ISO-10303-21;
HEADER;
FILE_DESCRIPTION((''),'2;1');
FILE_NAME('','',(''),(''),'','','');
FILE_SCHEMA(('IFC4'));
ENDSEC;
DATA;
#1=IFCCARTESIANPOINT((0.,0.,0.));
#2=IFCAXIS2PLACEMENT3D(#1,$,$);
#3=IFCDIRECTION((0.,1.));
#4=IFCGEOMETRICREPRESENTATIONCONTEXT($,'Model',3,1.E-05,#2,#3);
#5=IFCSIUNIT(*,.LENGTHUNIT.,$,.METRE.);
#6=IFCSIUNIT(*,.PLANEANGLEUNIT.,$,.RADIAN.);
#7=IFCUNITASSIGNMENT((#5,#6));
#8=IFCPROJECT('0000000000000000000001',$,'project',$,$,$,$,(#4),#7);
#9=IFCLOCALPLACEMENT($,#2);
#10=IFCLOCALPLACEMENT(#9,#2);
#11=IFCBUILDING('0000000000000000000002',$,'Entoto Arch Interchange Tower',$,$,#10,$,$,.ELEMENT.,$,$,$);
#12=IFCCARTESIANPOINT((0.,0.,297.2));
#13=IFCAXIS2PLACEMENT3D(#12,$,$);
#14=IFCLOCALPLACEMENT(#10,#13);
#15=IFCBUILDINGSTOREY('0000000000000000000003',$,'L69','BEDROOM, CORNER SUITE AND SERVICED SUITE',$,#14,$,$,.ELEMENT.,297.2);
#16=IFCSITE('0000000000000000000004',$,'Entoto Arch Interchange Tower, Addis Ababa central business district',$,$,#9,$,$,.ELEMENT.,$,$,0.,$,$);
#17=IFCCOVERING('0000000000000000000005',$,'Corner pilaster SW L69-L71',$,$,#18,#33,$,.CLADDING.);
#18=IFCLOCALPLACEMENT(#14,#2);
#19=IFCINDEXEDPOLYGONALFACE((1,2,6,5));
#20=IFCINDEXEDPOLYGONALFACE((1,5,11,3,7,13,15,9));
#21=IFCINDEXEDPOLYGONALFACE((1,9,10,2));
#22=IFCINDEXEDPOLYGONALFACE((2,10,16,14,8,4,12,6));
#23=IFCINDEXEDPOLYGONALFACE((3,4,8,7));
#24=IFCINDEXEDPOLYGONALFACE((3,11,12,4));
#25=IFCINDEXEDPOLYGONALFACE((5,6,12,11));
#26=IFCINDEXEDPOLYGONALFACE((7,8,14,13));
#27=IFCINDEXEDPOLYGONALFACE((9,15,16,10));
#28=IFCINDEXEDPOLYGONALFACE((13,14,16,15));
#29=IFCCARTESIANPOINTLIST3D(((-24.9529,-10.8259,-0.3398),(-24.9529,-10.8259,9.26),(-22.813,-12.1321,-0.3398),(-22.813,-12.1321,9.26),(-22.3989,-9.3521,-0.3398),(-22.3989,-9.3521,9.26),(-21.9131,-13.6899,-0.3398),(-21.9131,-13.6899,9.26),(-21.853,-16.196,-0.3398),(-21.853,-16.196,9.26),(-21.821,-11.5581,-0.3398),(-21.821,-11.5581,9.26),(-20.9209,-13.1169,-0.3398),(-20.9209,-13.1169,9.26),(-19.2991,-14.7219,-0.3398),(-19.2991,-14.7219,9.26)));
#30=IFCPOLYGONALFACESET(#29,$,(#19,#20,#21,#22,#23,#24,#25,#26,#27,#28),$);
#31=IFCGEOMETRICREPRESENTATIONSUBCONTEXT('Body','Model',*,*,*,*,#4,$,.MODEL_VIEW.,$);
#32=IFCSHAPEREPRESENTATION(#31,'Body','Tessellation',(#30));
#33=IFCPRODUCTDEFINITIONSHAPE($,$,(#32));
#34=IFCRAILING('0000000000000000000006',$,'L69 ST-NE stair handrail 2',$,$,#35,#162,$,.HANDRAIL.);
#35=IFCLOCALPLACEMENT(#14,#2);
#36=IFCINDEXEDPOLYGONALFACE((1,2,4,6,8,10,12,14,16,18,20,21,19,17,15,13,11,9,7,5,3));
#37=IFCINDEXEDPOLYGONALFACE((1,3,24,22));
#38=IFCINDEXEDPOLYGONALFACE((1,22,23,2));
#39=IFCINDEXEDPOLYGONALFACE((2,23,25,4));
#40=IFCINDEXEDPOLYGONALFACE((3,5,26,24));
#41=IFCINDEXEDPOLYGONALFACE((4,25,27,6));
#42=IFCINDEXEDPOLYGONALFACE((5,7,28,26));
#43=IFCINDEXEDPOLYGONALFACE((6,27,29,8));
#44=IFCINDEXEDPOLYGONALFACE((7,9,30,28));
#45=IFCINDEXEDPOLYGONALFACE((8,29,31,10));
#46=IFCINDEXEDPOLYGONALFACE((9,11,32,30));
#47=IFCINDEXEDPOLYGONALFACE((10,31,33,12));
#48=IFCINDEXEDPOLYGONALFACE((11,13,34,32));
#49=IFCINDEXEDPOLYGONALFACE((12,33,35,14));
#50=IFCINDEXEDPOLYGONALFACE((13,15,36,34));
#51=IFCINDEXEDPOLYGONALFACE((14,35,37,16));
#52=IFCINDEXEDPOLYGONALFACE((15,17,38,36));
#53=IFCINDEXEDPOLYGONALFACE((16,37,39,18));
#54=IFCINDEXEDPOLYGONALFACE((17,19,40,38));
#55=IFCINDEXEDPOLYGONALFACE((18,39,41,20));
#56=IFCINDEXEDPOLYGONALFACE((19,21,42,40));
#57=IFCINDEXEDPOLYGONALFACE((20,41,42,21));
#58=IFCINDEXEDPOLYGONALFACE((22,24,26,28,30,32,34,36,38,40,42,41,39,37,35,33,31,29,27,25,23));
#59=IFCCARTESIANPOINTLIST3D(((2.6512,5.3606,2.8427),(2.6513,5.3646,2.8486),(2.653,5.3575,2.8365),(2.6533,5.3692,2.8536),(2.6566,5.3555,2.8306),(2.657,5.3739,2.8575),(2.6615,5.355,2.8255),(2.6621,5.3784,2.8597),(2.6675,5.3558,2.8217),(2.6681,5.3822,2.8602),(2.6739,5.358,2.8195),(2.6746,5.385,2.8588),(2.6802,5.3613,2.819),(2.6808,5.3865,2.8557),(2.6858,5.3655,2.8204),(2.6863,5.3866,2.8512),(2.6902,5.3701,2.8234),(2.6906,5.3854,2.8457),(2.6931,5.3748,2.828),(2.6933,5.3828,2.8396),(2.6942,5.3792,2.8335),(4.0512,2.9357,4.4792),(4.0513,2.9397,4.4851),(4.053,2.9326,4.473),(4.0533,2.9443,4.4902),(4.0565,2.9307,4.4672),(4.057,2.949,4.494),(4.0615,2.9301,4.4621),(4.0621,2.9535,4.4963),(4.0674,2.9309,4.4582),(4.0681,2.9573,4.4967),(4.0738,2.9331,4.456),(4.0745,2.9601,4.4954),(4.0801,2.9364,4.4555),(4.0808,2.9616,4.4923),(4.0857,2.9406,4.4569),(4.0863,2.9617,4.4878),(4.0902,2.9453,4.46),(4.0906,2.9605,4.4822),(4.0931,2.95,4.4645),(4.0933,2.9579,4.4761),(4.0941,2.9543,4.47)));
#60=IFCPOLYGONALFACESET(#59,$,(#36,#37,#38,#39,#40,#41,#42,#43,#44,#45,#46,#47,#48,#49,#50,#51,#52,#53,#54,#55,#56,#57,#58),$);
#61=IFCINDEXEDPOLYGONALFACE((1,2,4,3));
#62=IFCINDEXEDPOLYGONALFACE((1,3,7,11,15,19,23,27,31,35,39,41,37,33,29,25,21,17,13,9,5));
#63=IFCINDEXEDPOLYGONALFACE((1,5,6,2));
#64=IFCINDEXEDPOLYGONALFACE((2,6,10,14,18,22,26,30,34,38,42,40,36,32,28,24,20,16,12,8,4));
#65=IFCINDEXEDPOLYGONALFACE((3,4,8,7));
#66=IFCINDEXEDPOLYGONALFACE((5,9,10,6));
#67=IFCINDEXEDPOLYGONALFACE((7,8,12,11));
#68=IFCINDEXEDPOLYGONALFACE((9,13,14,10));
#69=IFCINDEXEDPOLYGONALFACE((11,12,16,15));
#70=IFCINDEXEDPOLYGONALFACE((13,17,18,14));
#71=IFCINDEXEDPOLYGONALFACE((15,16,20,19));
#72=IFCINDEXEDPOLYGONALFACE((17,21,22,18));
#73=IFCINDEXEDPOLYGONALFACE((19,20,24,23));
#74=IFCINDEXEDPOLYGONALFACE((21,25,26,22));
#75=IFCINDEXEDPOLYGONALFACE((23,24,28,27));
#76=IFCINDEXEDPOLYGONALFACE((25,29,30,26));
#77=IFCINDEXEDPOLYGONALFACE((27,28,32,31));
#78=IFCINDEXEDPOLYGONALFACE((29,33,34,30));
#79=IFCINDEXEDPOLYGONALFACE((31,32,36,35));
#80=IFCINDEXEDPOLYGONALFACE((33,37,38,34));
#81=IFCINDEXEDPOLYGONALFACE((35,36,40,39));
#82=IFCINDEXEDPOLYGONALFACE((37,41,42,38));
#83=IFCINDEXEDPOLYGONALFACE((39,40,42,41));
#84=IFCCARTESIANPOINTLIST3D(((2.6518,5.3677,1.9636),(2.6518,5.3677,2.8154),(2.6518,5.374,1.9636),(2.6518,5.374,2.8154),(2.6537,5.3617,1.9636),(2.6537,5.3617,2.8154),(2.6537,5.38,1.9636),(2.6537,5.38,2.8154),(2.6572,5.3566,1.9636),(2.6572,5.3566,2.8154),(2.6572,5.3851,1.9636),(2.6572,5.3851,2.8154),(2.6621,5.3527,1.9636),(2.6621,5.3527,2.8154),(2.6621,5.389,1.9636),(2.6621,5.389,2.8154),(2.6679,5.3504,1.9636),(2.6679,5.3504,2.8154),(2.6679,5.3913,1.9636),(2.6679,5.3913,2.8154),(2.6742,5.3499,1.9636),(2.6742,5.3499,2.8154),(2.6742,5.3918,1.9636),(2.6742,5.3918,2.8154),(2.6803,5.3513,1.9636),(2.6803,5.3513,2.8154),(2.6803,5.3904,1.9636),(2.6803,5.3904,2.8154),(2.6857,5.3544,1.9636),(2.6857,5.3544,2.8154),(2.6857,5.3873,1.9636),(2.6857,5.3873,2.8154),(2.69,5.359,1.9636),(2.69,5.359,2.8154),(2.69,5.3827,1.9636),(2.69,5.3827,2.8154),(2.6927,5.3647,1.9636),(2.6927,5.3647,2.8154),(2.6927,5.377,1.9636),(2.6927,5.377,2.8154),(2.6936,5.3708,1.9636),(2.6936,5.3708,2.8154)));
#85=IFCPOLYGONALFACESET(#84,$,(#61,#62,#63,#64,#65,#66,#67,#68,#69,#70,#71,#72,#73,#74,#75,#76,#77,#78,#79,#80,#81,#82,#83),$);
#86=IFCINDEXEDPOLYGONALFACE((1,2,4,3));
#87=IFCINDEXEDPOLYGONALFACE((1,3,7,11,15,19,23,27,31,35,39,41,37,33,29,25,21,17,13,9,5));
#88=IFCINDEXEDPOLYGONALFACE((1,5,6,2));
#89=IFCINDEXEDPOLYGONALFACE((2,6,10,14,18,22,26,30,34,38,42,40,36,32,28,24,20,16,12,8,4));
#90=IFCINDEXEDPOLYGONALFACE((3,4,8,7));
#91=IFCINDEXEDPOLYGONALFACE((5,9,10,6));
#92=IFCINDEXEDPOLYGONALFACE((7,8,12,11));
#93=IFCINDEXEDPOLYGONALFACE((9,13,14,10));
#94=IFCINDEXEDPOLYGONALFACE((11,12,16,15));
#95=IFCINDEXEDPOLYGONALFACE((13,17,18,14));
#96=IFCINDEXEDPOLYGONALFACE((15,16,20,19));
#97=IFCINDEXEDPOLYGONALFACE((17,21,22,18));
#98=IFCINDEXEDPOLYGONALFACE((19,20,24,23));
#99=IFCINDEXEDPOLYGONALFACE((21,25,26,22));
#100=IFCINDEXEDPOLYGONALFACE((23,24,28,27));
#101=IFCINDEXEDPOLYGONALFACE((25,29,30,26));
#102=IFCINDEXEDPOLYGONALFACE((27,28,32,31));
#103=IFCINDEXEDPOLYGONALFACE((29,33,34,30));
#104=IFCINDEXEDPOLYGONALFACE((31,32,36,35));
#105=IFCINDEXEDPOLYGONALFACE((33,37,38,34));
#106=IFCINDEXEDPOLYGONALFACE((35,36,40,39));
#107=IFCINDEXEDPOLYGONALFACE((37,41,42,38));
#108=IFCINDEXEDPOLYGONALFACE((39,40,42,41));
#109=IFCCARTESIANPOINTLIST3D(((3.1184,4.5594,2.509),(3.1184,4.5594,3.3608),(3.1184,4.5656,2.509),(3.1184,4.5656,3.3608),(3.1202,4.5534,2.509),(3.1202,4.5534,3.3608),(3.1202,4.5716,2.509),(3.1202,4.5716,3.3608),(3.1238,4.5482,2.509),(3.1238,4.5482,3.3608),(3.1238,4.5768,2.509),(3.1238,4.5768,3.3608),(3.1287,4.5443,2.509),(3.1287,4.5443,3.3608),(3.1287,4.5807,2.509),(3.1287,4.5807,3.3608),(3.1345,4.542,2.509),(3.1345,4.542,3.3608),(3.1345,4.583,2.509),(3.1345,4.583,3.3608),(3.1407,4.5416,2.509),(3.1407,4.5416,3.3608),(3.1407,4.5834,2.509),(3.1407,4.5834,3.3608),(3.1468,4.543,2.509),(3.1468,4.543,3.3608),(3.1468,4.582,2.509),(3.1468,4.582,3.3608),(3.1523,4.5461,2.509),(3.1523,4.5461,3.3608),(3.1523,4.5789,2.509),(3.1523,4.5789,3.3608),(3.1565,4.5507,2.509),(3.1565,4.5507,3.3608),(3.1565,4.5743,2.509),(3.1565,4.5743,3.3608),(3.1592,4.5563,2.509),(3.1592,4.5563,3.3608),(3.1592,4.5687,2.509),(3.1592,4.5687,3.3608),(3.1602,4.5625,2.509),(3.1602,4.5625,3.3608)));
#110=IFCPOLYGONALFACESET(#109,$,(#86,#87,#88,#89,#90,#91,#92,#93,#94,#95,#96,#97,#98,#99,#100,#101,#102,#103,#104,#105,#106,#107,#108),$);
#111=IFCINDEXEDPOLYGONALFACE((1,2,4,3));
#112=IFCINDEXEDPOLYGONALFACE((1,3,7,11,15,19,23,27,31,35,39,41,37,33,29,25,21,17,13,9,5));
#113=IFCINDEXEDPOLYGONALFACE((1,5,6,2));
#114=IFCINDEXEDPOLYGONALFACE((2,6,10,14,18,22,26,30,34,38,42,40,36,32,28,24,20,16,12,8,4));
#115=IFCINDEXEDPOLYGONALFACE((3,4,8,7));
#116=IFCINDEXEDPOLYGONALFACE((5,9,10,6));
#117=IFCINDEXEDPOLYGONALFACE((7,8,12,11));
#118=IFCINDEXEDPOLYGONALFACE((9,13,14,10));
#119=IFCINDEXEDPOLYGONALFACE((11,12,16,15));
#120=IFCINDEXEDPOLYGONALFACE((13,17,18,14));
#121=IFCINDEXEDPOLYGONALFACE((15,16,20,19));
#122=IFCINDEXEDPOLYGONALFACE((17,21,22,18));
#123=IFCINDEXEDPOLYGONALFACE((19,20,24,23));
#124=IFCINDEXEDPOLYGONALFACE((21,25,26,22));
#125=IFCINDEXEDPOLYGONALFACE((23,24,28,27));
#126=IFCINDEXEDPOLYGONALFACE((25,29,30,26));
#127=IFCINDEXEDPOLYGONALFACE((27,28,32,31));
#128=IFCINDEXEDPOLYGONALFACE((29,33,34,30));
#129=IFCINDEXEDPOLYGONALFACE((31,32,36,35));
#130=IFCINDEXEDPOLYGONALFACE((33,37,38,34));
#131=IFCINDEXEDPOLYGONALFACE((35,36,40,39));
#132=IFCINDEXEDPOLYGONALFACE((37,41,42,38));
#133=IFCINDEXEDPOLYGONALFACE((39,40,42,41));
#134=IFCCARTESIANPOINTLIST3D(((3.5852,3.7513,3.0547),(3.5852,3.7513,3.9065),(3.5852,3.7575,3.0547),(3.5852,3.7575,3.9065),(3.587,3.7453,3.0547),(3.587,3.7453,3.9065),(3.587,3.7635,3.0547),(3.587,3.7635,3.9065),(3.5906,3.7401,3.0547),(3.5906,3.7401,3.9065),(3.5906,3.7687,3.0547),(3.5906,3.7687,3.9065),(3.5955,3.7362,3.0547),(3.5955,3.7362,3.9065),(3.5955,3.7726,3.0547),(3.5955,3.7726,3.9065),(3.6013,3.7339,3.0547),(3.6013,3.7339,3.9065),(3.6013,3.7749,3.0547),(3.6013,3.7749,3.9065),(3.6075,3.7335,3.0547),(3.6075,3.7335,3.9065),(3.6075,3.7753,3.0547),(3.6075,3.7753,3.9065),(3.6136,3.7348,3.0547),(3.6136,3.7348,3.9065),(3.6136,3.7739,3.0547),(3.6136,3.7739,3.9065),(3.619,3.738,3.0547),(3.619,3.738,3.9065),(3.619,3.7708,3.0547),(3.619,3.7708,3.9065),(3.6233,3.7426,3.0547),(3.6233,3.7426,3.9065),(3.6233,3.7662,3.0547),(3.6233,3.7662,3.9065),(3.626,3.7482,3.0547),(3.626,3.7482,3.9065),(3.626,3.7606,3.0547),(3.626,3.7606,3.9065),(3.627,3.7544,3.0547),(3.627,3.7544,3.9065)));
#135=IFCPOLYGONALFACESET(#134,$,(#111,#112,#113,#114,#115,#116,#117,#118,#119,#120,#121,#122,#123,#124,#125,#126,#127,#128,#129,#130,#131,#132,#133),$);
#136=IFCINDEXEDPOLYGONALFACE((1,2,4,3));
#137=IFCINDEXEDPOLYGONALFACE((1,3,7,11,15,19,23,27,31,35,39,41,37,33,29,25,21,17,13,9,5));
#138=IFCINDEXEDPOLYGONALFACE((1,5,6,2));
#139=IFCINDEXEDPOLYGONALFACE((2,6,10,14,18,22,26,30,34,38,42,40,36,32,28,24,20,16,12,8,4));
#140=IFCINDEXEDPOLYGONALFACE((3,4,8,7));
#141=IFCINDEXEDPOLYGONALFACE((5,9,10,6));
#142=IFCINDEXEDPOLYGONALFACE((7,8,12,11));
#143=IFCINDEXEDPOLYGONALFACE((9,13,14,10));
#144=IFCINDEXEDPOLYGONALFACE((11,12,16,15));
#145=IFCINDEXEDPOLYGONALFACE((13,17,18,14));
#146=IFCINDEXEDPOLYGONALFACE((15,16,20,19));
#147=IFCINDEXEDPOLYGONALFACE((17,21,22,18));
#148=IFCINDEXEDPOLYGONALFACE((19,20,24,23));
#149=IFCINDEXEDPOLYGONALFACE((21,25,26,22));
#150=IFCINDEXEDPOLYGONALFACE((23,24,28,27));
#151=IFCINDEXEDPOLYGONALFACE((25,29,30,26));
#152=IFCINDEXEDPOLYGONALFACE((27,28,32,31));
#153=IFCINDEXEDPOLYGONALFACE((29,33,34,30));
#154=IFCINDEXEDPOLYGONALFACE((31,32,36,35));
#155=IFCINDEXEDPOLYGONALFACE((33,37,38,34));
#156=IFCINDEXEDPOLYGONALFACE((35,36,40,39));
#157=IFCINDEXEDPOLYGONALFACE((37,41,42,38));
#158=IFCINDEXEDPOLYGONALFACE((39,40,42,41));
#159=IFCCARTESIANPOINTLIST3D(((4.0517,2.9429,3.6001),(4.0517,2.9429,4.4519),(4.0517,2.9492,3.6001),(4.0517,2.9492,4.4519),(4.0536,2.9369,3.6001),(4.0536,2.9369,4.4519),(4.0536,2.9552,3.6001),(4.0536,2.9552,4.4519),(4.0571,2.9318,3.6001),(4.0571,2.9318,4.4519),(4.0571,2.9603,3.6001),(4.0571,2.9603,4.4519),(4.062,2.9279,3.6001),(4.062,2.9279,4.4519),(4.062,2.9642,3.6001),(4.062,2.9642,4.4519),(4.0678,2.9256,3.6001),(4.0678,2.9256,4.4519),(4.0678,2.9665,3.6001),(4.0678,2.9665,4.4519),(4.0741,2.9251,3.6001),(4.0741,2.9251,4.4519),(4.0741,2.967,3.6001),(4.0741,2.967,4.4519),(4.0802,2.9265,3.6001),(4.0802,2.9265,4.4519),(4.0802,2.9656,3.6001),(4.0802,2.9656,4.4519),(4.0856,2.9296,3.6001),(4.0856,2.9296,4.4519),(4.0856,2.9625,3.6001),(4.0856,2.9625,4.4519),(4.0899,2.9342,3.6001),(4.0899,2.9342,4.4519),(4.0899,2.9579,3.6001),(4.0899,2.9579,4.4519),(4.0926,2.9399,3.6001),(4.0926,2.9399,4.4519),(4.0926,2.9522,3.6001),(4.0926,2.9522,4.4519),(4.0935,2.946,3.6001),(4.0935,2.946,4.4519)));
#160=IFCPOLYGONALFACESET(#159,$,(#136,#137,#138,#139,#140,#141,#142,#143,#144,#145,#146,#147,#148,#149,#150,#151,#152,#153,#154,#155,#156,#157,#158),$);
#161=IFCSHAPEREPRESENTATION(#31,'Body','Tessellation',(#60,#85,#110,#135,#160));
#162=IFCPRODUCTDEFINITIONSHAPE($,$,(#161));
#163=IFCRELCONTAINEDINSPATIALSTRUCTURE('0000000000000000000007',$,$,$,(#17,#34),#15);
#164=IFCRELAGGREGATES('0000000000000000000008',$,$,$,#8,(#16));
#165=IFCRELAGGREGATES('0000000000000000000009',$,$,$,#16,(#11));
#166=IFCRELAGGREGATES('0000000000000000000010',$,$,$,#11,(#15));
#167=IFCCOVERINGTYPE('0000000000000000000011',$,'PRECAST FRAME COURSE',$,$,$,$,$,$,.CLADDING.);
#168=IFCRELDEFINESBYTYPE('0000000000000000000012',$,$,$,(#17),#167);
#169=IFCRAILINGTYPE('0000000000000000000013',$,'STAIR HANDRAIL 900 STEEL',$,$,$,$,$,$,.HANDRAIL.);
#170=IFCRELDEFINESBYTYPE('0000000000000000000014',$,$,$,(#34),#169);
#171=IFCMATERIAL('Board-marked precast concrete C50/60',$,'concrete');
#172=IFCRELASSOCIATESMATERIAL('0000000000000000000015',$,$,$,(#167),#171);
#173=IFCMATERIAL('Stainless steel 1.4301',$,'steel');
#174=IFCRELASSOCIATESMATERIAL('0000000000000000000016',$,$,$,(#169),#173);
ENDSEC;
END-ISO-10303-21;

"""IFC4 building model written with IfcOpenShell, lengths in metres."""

from ifc_helpers import new_model, si_unit, direction, frame, origin, origin_2d, place, context, subcontext, project, spatial, polyline, circle, outline, extrude, material, type_object, element, save


model = new_model("IFC4")

# Units and contexts
model_context = context("Model", 3, precision=1e-05, world=origin(), true_north=direction((0.0, 1.0)))
body_context = subcontext(model_context, "Body", "Model", "MODEL_VIEW")
ifc_project = project(units=[si_unit("LENGTHUNIT", "METRE"), si_unit("PLANEANGLEUNIT", "RADIAN")], contexts=[model_context])

# Site, building, storey
site_placement = place(None, origin())
site = spatial("IfcSite", under=ifc_project, at=site_placement, Name="Entoto Arch Interchange Tower, Addis Ababa central business district", CompositionType="ELEMENT", RefElevation=0.0)
building_placement = place(site_placement, origin())
building = spatial("IfcBuilding", under=site, at=building_placement, Name="Entoto Arch Interchange Tower", CompositionType="ELEMENT")
storey_placement = place(building_placement, frame((0.0, 0.0, 297.2)))
storey = spatial("IfcBuildingStorey", under=building, at=storey_placement, Name="L69", Description="BEDROOM, CORNER SUITE AND SERVICED SUITE", CompositionType="ELEMENT", Elevation=297.2)

# Covering
ifc_material_1 = material(Name="Board-marked precast concrete C50/60", Category="concrete")
covering_type = type_object("IfcCoveringType", Name="PRECAST FRAME COURSE", PredefinedType="CLADDING", material=ifc_material_1)
covering_placement = place(storey_placement, frame((0.0, 0.0, -0.3398)))
element("IfcCovering", 1, at=covering_placement, inside=storey, type_object=covering_type, Name="Corner pilaster SW L69-L71", PredefinedType="CLADDING", context=body_context, shape_type="SweptSolid", body=[
    extrude(outline(polyline([(-21.853, -16.196), (-24.9529, -10.8259), (-22.3989, -9.3521), (-21.821, -11.5581), (-22.813, -12.1321), (-21.9131, -13.6899), (-20.9209, -13.1169), (-19.2991, -14.7219), (-21.853, -16.196)])), origin(), (0.0, 0.0, 1.0), 9.5999),
])

# Railing
ifc_material_2 = material(Name="Stainless steel 1.4301", Category="steel")
railing_type = type_object("IfcRailingType", Name="STAIR HANDRAIL 900 STEEL", PredefinedType="HANDRAIL", material=ifc_material_2)
railing_placement = place(storey_placement, frame((2.6726, 5.3708, 1.9636)))
element("IfcRailing", 2, at=railing_placement, inside=storey, type_object=railing_type, Name="L69 ST-NE stair handrail 2", PredefinedType="HANDRAIL", context=body_context, shape_type="SweptSolid", body=[
    extrude(circle(Radius=0.0239, at=origin_2d()), frame((0.0, 0.0, 0.876), z_axis=(0.431661, -0.74769, 0.504608), x_axis=(0.866035, 0.499984, 0.0)), (0.0, 0.0, 1.0), 3.2432),
    extrude(circle(Radius=0.021, at=origin_2d()), origin(), (0.0, 0.0, 1.0), 0.8518),
    extrude(circle(Radius=0.021, at=origin_2d()), frame((0.4666, -0.8083, 0.5454)), (0.0, 0.0, 1.0), 0.8518),
    extrude(circle(Radius=0.021, at=origin_2d()), frame((0.9333, -1.6165, 1.0911)), (0.0, 0.0, 1.0), 0.8518),
    extrude(circle(Radius=0.021, at=origin_2d()), frame((1.3999, -2.4248, 1.6365)), (0.0, 0.0, 1.0), 0.8518),
])

save(model, "model.ifc")
